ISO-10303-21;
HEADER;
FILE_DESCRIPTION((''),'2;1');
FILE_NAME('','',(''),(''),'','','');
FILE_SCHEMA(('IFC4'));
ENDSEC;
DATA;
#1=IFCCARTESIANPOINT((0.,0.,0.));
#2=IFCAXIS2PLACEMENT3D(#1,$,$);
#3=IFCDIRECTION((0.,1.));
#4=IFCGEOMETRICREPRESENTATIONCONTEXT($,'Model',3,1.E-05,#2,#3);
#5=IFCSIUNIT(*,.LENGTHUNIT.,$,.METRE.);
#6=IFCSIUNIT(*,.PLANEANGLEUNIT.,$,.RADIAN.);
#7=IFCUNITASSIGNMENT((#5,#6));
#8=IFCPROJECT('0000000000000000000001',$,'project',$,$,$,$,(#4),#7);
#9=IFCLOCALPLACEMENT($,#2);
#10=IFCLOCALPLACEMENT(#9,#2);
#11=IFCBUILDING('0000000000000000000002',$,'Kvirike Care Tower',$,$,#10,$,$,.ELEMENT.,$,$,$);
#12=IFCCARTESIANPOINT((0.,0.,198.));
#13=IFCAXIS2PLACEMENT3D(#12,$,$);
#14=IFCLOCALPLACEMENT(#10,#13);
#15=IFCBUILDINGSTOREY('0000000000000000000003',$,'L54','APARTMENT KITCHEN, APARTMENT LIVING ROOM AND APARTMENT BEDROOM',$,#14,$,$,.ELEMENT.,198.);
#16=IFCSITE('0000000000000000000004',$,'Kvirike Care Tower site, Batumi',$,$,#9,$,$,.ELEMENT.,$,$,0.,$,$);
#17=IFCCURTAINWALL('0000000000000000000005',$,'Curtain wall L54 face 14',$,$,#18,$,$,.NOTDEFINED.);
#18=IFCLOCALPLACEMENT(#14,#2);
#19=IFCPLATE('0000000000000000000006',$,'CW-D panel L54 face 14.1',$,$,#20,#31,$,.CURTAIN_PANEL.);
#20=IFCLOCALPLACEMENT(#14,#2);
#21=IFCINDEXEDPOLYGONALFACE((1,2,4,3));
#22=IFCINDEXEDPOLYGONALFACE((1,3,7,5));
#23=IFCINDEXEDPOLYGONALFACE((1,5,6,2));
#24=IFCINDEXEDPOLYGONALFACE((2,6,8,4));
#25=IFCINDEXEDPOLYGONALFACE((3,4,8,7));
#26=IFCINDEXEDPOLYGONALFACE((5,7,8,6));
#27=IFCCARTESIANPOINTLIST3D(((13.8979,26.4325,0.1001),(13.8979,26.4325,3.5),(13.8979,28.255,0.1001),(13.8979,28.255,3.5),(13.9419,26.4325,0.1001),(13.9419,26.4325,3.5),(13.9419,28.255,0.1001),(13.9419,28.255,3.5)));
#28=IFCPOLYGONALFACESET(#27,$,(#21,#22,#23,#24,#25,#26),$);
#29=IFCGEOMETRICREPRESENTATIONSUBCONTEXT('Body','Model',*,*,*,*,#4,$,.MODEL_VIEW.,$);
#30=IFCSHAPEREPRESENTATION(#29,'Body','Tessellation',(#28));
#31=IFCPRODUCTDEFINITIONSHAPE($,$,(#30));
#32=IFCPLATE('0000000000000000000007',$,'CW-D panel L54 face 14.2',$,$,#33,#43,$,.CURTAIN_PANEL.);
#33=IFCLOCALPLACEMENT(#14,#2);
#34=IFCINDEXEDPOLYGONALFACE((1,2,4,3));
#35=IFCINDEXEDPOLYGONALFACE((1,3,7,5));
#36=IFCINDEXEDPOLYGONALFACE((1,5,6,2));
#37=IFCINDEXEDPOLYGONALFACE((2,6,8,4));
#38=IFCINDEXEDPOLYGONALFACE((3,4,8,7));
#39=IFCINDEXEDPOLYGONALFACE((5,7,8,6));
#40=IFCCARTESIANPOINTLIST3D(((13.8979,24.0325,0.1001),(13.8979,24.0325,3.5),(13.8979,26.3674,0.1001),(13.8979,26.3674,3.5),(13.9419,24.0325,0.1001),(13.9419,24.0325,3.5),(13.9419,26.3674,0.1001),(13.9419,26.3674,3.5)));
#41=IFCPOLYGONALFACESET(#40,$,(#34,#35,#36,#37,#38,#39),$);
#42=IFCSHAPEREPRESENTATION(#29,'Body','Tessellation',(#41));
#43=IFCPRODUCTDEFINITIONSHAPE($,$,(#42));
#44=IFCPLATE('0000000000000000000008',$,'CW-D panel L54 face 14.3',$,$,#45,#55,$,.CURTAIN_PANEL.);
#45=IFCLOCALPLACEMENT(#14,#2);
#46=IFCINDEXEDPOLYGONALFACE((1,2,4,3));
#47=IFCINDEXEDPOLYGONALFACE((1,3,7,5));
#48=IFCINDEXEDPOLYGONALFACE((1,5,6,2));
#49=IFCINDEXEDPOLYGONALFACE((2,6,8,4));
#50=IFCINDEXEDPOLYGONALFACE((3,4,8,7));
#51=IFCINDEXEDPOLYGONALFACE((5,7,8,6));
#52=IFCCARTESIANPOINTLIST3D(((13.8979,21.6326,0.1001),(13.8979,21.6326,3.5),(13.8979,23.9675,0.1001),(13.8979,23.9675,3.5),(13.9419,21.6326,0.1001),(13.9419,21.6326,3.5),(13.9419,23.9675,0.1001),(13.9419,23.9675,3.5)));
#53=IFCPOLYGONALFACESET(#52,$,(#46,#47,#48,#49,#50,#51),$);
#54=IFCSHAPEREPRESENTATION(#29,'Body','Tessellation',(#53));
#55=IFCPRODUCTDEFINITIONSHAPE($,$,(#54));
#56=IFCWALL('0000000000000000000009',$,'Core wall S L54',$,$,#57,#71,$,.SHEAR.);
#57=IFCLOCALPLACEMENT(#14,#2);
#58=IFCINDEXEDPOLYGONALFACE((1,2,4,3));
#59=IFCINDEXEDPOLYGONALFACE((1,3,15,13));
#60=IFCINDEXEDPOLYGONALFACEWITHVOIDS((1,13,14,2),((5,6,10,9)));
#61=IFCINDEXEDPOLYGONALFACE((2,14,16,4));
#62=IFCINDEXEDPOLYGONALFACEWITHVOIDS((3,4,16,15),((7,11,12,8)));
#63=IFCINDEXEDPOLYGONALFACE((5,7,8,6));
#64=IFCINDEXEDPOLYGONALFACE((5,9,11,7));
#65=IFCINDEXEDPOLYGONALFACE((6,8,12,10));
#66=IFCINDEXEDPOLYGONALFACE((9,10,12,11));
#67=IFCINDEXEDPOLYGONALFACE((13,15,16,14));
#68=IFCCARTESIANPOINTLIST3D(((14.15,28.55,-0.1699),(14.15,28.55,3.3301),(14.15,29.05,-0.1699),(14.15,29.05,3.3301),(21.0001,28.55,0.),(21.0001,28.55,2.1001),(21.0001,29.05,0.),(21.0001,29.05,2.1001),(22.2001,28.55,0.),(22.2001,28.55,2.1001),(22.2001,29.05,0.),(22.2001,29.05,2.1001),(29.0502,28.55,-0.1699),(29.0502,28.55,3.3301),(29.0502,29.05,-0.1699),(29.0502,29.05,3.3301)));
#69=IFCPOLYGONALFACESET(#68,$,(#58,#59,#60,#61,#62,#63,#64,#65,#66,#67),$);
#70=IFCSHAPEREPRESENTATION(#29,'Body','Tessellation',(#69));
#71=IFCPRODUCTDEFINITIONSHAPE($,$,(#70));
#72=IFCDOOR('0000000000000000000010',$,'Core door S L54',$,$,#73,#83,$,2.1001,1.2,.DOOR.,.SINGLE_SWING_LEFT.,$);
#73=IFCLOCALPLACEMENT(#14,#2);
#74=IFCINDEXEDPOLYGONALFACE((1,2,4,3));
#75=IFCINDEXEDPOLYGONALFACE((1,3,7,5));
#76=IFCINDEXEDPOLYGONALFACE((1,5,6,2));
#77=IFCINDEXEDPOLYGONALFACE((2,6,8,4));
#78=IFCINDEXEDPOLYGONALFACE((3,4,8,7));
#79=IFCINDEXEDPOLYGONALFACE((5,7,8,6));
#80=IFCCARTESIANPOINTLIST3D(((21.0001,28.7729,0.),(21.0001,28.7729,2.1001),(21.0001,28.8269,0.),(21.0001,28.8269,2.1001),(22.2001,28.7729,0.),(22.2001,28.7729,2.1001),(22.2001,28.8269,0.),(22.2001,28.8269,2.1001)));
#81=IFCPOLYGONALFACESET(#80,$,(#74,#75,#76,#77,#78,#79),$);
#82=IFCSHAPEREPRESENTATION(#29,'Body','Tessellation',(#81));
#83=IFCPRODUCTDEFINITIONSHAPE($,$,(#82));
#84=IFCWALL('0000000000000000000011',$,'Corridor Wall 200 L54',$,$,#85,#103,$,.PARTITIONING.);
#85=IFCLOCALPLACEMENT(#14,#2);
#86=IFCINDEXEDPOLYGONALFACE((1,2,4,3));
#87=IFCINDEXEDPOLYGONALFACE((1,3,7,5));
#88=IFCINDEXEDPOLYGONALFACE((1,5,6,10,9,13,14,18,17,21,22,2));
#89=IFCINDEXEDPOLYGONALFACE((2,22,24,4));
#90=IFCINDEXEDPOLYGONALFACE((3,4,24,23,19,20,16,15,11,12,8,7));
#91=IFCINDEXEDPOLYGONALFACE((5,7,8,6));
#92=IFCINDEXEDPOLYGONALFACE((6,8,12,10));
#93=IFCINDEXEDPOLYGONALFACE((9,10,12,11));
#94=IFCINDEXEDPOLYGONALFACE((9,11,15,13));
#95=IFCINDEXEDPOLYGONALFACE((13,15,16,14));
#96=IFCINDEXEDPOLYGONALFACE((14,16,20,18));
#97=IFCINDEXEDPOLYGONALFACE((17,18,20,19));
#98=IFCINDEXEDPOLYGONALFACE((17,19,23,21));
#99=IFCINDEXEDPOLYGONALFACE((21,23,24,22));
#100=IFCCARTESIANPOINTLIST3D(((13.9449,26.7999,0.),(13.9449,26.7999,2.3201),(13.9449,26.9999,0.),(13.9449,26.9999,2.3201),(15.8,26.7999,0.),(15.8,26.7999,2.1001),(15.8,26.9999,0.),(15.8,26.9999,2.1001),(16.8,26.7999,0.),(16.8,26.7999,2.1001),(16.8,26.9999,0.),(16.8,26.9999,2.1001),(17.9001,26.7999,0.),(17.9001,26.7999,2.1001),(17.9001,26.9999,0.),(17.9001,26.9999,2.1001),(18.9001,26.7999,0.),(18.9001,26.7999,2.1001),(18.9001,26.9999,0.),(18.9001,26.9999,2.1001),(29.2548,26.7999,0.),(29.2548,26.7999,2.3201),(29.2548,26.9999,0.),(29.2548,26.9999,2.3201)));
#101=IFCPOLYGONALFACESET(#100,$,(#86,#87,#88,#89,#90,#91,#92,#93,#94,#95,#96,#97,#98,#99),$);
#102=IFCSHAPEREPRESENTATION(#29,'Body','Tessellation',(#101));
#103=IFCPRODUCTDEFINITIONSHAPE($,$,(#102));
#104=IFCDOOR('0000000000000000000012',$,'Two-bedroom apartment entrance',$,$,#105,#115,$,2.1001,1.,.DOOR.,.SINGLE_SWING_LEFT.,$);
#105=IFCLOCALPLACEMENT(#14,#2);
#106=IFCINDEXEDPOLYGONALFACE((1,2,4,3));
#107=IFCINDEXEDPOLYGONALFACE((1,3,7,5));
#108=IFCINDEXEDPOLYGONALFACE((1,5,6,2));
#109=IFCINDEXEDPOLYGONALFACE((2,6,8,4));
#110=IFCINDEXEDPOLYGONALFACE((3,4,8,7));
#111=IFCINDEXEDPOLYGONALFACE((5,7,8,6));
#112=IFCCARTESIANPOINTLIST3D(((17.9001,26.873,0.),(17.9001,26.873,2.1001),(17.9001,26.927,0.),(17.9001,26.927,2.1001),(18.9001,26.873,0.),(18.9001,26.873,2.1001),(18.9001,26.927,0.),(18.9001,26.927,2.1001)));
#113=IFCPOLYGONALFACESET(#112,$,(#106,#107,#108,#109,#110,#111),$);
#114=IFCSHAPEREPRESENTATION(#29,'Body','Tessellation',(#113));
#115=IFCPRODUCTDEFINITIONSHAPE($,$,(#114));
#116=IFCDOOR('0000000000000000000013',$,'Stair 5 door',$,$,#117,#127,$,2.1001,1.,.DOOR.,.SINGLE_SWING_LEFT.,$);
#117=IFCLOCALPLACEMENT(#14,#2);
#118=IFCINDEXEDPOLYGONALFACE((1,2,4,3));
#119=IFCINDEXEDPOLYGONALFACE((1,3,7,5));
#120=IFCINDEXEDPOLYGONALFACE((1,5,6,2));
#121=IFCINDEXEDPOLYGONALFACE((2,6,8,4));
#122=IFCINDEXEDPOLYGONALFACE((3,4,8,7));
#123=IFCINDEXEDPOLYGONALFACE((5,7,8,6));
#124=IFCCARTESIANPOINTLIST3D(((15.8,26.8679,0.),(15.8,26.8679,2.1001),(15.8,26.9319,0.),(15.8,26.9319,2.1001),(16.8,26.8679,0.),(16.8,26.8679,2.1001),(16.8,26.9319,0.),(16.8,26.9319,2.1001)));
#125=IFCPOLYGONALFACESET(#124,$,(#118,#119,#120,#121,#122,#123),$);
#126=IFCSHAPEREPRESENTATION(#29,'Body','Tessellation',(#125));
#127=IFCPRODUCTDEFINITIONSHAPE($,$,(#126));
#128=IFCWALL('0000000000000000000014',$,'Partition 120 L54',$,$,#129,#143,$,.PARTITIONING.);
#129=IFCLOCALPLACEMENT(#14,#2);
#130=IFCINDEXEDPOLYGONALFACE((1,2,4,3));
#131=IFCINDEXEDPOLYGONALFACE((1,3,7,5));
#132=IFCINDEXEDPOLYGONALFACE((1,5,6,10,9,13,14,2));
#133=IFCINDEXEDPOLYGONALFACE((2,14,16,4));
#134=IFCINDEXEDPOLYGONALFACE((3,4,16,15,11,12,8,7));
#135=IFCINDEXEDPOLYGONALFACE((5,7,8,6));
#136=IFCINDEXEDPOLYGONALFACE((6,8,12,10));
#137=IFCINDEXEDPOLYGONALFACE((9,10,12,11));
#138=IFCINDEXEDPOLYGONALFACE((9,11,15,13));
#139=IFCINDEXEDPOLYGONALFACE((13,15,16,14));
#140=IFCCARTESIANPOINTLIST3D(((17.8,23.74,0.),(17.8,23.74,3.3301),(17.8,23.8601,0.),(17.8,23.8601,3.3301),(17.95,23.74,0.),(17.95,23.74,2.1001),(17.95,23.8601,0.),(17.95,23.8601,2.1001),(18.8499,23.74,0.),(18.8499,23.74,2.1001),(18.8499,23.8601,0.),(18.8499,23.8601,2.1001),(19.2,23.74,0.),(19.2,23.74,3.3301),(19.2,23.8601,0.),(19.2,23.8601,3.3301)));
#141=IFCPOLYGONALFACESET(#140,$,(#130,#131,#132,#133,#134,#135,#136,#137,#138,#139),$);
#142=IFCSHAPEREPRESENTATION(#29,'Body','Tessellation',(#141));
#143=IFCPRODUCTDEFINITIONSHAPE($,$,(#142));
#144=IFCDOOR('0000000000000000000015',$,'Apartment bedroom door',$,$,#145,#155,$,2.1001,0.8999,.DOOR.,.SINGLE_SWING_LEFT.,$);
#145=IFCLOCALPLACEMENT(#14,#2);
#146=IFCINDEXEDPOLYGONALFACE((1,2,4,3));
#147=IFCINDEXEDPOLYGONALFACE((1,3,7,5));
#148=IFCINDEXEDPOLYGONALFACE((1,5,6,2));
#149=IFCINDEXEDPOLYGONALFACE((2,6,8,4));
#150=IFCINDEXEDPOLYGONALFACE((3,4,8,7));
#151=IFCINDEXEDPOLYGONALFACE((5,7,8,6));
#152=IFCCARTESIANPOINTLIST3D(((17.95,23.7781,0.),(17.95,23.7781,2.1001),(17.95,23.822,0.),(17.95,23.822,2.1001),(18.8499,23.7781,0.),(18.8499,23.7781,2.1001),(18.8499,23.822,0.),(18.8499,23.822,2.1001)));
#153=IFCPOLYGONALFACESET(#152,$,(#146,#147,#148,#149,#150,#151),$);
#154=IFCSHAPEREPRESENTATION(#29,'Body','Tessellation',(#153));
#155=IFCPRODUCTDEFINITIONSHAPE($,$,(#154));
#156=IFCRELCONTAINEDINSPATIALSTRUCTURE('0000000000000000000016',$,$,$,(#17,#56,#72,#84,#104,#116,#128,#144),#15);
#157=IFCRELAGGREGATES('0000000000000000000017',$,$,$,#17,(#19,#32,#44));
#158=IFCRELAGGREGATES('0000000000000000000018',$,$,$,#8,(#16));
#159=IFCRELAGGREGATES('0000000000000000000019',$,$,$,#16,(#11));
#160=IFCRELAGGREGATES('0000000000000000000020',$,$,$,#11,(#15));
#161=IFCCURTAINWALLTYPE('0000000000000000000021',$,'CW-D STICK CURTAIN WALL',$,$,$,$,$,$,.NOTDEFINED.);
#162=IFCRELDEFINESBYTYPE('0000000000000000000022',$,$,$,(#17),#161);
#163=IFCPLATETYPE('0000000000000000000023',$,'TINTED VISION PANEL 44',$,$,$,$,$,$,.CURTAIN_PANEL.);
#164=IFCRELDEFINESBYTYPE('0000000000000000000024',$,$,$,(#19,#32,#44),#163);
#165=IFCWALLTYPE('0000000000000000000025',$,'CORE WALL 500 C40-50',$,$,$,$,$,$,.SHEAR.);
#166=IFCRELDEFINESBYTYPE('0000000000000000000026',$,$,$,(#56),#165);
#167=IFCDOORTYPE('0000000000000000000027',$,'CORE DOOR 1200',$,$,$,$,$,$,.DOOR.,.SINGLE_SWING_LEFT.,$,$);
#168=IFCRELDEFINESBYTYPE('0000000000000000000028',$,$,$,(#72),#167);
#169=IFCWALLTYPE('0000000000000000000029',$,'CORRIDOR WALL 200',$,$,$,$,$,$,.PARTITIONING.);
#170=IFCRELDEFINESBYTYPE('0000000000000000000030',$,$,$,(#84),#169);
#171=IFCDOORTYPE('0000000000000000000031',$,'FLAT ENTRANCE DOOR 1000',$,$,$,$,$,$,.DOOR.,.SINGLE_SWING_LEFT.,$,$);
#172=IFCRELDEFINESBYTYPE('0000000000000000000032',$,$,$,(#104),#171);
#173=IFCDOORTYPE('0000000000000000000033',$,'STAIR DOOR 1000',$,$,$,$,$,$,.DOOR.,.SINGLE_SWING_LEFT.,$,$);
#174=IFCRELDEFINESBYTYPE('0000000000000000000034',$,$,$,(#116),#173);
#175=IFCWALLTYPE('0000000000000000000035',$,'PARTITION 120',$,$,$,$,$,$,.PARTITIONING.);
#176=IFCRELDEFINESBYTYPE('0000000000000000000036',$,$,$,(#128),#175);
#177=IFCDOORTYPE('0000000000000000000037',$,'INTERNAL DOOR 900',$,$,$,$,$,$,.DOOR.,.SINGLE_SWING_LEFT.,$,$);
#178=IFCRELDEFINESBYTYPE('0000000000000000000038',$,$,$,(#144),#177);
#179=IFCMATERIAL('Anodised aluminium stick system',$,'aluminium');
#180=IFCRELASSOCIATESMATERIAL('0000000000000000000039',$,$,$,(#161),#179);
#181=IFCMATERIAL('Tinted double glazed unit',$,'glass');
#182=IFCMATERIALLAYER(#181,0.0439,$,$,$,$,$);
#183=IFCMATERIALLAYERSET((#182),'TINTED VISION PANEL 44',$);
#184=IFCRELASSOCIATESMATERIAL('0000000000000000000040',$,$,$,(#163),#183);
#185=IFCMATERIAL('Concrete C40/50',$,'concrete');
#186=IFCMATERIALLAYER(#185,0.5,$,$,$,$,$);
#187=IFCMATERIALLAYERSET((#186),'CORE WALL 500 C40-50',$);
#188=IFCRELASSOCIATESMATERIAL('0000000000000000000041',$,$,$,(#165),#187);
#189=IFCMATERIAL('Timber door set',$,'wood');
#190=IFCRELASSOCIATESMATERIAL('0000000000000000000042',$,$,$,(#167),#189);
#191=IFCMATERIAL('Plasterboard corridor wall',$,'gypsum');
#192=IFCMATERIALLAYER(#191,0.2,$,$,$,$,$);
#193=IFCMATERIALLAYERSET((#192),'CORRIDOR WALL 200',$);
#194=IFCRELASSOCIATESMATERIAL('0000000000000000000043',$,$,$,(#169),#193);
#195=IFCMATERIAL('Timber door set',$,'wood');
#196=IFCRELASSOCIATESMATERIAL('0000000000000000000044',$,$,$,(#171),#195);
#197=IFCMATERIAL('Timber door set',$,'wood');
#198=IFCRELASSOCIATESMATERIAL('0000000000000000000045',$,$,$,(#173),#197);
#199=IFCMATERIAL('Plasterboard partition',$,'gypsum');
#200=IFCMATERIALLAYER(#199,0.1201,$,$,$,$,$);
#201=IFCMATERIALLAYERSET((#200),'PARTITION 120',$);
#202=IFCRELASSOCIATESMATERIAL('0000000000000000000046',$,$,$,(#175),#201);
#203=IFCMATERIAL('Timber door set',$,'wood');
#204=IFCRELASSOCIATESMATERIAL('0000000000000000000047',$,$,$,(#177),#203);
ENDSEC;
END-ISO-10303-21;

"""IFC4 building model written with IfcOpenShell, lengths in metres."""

from ifc_helpers import new_model, si_unit, direction, frame, frame_2d, origin, origin_2d, place, context, subcontext, project, spatial, rectangle, extrude, material, layer, layer_set, type_object, element, fill, aggregate, save


model = new_model("IFC4")

# Units and contexts
model_context = context("Model", 3, precision=1e-05, world=origin(), true_north=direction((0.0, 1.0)))
body_context = subcontext(model_context, "Body", "Model", "MODEL_VIEW")
ifc_project = project(units=[si_unit("LENGTHUNIT", "METRE"), si_unit("PLANEANGLEUNIT", "RADIAN")], contexts=[model_context])

# Site, building, storey
site_placement = place(None, origin())
site = spatial("IfcSite", under=ifc_project, at=site_placement, Name="Kvirike Care Tower site, Batumi", CompositionType="ELEMENT", RefElevation=0.0)
building_placement = place(site_placement, origin())
building = spatial("IfcBuilding", under=site, at=building_placement, Name="Kvirike Care Tower", CompositionType="ELEMENT")
storey_placement = place(building_placement, frame((0.0, 0.0, 198.0)))
storey = spatial("IfcBuildingStorey", under=building, at=storey_placement, Name="L54", Description="APARTMENT KITCHEN, APARTMENT LIVING ROOM AND APARTMENT BEDROOM", CompositionType="ELEMENT", Elevation=198.0)

# Curtain wall
ifc_material_1 = material(Name="Anodised aluminium stick system", Category="aluminium")
curtain_wall_type = type_object("IfcCurtainWallType", Name="CW-D STICK CURTAIN WALL", PredefinedType="NOTDEFINED", material=ifc_material_1)
curtain_wall_placement = place(storey_placement, origin())
curtain_wall = element("IfcCurtainWall", 1, at=curtain_wall_placement, inside=storey, type_object=curtain_wall_type, Name="Curtain wall L54 face 14", PredefinedType="NOTDEFINED")

# Plates
ifc_material_2 = material(Name="Tinted double glazed unit", Category="glass")
ifc_layer_1 = layer(ifc_material_2, 0.0439)
ifc_layer_set_1 = layer_set([ifc_layer_1], Name="TINTED VISION PANEL 44")
plate_type = type_object("IfcPlateType", Name="TINTED VISION PANEL 44", PredefinedType="CURTAIN_PANEL", material=ifc_layer_set_1)
plate_1_placement = place(storey_placement, frame((13.9199, 27.3438, 0.1001), z_axis=(0.0, 0.0, 1.0), x_axis=(0.0, -1.0, 0.0)))
plate_1 = element("IfcPlate", 2, at=plate_1_placement, type_object=plate_type, Name="CW-D panel L54 face 14.1", PredefinedType="CURTAIN_PANEL", context=body_context, shape_type="SweptSolid", body=[
    extrude(rectangle(XDim=1.8225, YDim=0.0439, at=origin_2d()), origin(), (0.0, 0.0, 1.0), 3.3999),
])
plate_2_placement = place(storey_placement, frame((13.9199, 25.2, 0.1001), z_axis=(0.0, 0.0, 1.0), x_axis=(0.0, -1.0, 0.0)))
plate_2 = element("IfcPlate", 3, at=plate_2_placement, type_object=plate_type, Name="CW-D panel L54 face 14.2", PredefinedType="CURTAIN_PANEL", context=body_context, shape_type="SweptSolid", body=[
    extrude(rectangle(XDim=2.335, YDim=0.0439, at=origin_2d()), origin(), (0.0, 0.0, 1.0), 3.3999),
])
plate_3_placement = place(storey_placement, frame((13.9199, 22.8, 0.1001), z_axis=(0.0, 0.0, 1.0), x_axis=(0.0, -1.0, 0.0)))
plate_3 = element("IfcPlate", 4, at=plate_3_placement, type_object=plate_type, Name="CW-D panel L54 face 14.3", PredefinedType="CURTAIN_PANEL", context=body_context, shape_type="SweptSolid", body=[
    extrude(rectangle(XDim=2.335, YDim=0.0439, at=origin_2d()), origin(), (0.0, 0.0, 1.0), 3.3999),
])
aggregate(curtain_wall, [plate_1, plate_2, plate_3])

# Wall, opening, door
ifc_material_3 = material(Name="Concrete C40/50", Category="concrete")
ifc_layer_2 = layer(ifc_material_3, 0.5)
ifc_layer_set_2 = layer_set([ifc_layer_2], Name="CORE WALL 500 C40-50")
wall_type_1 = type_object("IfcWallType", Name="CORE WALL 500 C40-50", PredefinedType="SHEAR", material=ifc_layer_set_2)
wall_1_placement = place(storey_placement, frame((14.1499, 28.8, -0.1699), z_axis=(0.0, 0.0, 1.0), x_axis=(1.0, 0.0, 0.0)))
wall_1 = element("IfcWall", 5, at=wall_1_placement, inside=storey, type_object=wall_type_1, Name="Core wall S L54", PredefinedType="SHEAR", context=body_context, shape_type="SweptSolid", body=[
    extrude(rectangle(XDim=14.9001, YDim=0.5, at=frame_2d((7.4502, 0.0))), origin(), (0.0, 0.0, 1.0), 3.5),
])
opening_1_placement = place(wall_1_placement, frame((6.8501, 0.0, 0.1699)))
opening_1 = element("IfcOpeningElement", 6, at=opening_1_placement, cuts=wall_1, PredefinedType="OPENING", context=body_context, shape_type="SweptSolid", body=[
    extrude(rectangle(XDim=1.2, YDim=2.1001, at=frame_2d((0.6001, 1.05))), frame((0.0, 0.2605, 0.0), z_axis=(0.0, -1.0, 0.0), x_axis=(1.0, 0.0, 0.0)), (0.0, 0.0, 1.0), 0.521),
])
ifc_material_4 = material(Name="Timber door set", Category="wood")
door_type_1 = type_object("IfcDoorType", Name="CORE DOOR 1200", OperationType="SINGLE_SWING_LEFT", PredefinedType="DOOR", material=ifc_material_4)
door_1_placement = place(opening_1_placement, origin())
door_1 = element("IfcDoor", 7, at=door_1_placement, inside=storey, type_object=door_type_1, Name="Core door S L54", OperationType="SINGLE_SWING_LEFT", OverallHeight=2.1001, OverallWidth=1.2, PredefinedType="DOOR", context=body_context, shape_type="SweptSolid", body=[
    extrude(rectangle(XDim=1.2, YDim=2.1001, at=frame_2d((0.6001, 1.05))), frame((0.0, 0.0269, 0.0), z_axis=(0.0, -1.0, 0.0), x_axis=(1.0, 0.0, 0.0)), (0.0, 0.0, 1.0), 0.054),
])
fill(opening_1, door_1)

# Wall, openings, doors
ifc_material_5 = material(Name="Plasterboard corridor wall", Category="gypsum")
ifc_layer_3 = layer(ifc_material_5, 0.2)
ifc_layer_set_3 = layer_set([ifc_layer_3], Name="CORRIDOR WALL 200")
wall_type_2 = type_object("IfcWallType", Name="CORRIDOR WALL 200", PredefinedType="PARTITIONING", material=ifc_layer_set_3)
wall_2_placement = place(storey_placement, frame((13.9451, 26.8999, 0.0), z_axis=(0.0, 0.0, 1.0), x_axis=(1.0, 0.0, 0.0)))
wall_2 = element("IfcWall", 8, at=wall_2_placement, inside=storey, type_object=wall_type_2, Name="Corridor Wall 200 L54", PredefinedType="PARTITIONING", context=body_context, shape_type="SweptSolid", body=[
    extrude(rectangle(XDim=15.3098, YDim=0.2, at=frame_2d((7.6548, 0.0))), origin(), (0.0, 0.0, 1.0), 2.3201),
])
opening_2_placement = place(wall_2_placement, frame((1.855, 0.0, 0.0)))
opening_2 = element("IfcOpeningElement", 9, at=opening_2_placement, cuts=wall_2, PredefinedType="OPENING", context=body_context, shape_type="SweptSolid", body=[
    extrude(rectangle(XDim=1.0, YDim=2.1001, at=frame_2d((0.5, 1.05))), frame((0.0, 0.1106, 0.0), z_axis=(0.0, -1.0, 0.0), x_axis=(1.0, 0.0, 0.0)), (0.0, 0.0, 1.0), 0.2209),
])
opening_3_placement = place(wall_2_placement, frame((3.9551, 0.0, 0.0)))
opening_3 = element("IfcOpeningElement", 10, at=opening_3_placement, cuts=wall_2, PredefinedType="OPENING", context=body_context, shape_type="SweptSolid", body=[
    extrude(rectangle(XDim=1.0, YDim=2.1001, at=frame_2d((0.5, 1.05))), frame((0.0, 0.1106, 0.0), z_axis=(0.0, -1.0, 0.0), x_axis=(1.0, 0.0, 0.0)), (0.0, 0.0, 1.0), 0.2209),
])
ifc_material_6 = material(Name="Timber door set", Category="wood")
door_type_2 = type_object("IfcDoorType", Name="FLAT ENTRANCE DOOR 1000", OperationType="SINGLE_SWING_LEFT", PredefinedType="DOOR", material=ifc_material_6)
door_2_placement = place(opening_3_placement, frame((1.0, 0.0, 0.0), z_axis=(0.0, 0.0, 1.0), x_axis=(-1.0, 0.0, 0.0)))
door_2 = element("IfcDoor", 11, at=door_2_placement, inside=storey, type_object=door_type_2, Name="Two-bedroom apartment entrance", OperationType="SINGLE_SWING_LEFT", OverallHeight=2.1001, OverallWidth=1.0, PredefinedType="DOOR", context=body_context, shape_type="SweptSolid", body=[
    extrude(rectangle(XDim=1.0, YDim=2.1001, at=frame_2d((0.5, 1.05))), frame((0.0, 0.0269, 0.0), z_axis=(0.0, -1.0, 0.0), x_axis=(1.0, 0.0, 0.0)), (0.0, 0.0, 1.0), 0.054),
])
fill(opening_3, door_2)
ifc_material_7 = material(Name="Timber door set", Category="wood")
door_type_3 = type_object("IfcDoorType", Name="STAIR DOOR 1000", OperationType="SINGLE_SWING_LEFT", PredefinedType="DOOR", material=ifc_material_7)
door_3_placement = place(opening_2_placement, frame((1.0, 0.0, 0.0), z_axis=(0.0, 0.0, 1.0), x_axis=(-1.0, 0.0, 0.0)))
door_3 = element("IfcDoor", 12, at=door_3_placement, inside=storey, type_object=door_type_3, Name="Stair 5 door", OperationType="SINGLE_SWING_LEFT", OverallHeight=2.1001, OverallWidth=1.0, PredefinedType="DOOR", context=body_context, shape_type="SweptSolid", body=[
    extrude(rectangle(XDim=1.0, YDim=2.1001, at=frame_2d((0.5, 1.05))), frame((0.0, 0.032, 0.0), z_axis=(0.0, -1.0, 0.0), x_axis=(1.0, 0.0, 0.0)), (0.0, 0.0, 1.0), 0.064),
])
fill(opening_2, door_3)

# Wall, opening, door
ifc_material_8 = material(Name="Plasterboard partition", Category="gypsum")
ifc_layer_4 = layer(ifc_material_8, 0.1201)
ifc_layer_set_4 = layer_set([ifc_layer_4], Name="PARTITION 120")
wall_type_3 = type_object("IfcWallType", Name="PARTITION 120", PredefinedType="PARTITIONING", material=ifc_layer_set_4)
wall_3_placement = place(storey_placement, frame((17.8, 23.8, 0.0), z_axis=(0.0, 0.0, 1.0), x_axis=(1.0, 0.0, 0.0)))
wall_3 = element("IfcWall", 13, at=wall_3_placement, inside=storey, type_object=wall_type_3, Name="Partition 120 L54", PredefinedType="PARTITIONING", context=body_context, shape_type="SweptSolid", body=[
    extrude(rectangle(XDim=1.3999, YDim=0.1201, at=frame_2d((0.7, 0.0))), origin(), (0.0, 0.0, 1.0), 3.3301),
])
opening_4_placement = place(wall_3_placement, frame((0.1499, 0.0, 0.0)))
opening_4 = element("IfcOpeningElement", 14, at=opening_4_placement, cuts=wall_3, PredefinedType="OPENING", context=body_context, shape_type="SweptSolid", body=[
    extrude(rectangle(XDim=0.8999, YDim=2.1001, at=frame_2d((0.45, 1.05))), frame((0.0, 0.0706, 0.0), z_axis=(0.0, -1.0, 0.0), x_axis=(1.0, 0.0, 0.0)), (0.0, 0.0, 1.0), 0.1411),
])
ifc_material_9 = material(Name="Timber door set", Category="wood")
door_type_4 = type_object("IfcDoorType", Name="INTERNAL DOOR 900", OperationType="SINGLE_SWING_LEFT", PredefinedType="DOOR", material=ifc_material_9)
door_4_placement = place(opening_4_placement, frame((0.8999, 0.0, 0.0), z_axis=(0.0, 0.0, 1.0), x_axis=(-1.0, 0.0, 0.0)))
door_4 = element("IfcDoor", 15, at=door_4_placement, inside=storey, type_object=door_type_4, Name="Apartment bedroom door", OperationType="SINGLE_SWING_LEFT", OverallHeight=2.1001, OverallWidth=0.8999, PredefinedType="DOOR", context=body_context, shape_type="SweptSolid", body=[
    extrude(rectangle(XDim=0.8999, YDim=2.1001, at=frame_2d((0.45, 1.05))), frame((0.0, 0.022, 0.0), z_axis=(0.0, -1.0, 0.0), x_axis=(1.0, 0.0, 0.0)), (0.0, 0.0, 1.0), 0.0439),
])
fill(opening_4, door_4)

save(model, "model.ifc")
